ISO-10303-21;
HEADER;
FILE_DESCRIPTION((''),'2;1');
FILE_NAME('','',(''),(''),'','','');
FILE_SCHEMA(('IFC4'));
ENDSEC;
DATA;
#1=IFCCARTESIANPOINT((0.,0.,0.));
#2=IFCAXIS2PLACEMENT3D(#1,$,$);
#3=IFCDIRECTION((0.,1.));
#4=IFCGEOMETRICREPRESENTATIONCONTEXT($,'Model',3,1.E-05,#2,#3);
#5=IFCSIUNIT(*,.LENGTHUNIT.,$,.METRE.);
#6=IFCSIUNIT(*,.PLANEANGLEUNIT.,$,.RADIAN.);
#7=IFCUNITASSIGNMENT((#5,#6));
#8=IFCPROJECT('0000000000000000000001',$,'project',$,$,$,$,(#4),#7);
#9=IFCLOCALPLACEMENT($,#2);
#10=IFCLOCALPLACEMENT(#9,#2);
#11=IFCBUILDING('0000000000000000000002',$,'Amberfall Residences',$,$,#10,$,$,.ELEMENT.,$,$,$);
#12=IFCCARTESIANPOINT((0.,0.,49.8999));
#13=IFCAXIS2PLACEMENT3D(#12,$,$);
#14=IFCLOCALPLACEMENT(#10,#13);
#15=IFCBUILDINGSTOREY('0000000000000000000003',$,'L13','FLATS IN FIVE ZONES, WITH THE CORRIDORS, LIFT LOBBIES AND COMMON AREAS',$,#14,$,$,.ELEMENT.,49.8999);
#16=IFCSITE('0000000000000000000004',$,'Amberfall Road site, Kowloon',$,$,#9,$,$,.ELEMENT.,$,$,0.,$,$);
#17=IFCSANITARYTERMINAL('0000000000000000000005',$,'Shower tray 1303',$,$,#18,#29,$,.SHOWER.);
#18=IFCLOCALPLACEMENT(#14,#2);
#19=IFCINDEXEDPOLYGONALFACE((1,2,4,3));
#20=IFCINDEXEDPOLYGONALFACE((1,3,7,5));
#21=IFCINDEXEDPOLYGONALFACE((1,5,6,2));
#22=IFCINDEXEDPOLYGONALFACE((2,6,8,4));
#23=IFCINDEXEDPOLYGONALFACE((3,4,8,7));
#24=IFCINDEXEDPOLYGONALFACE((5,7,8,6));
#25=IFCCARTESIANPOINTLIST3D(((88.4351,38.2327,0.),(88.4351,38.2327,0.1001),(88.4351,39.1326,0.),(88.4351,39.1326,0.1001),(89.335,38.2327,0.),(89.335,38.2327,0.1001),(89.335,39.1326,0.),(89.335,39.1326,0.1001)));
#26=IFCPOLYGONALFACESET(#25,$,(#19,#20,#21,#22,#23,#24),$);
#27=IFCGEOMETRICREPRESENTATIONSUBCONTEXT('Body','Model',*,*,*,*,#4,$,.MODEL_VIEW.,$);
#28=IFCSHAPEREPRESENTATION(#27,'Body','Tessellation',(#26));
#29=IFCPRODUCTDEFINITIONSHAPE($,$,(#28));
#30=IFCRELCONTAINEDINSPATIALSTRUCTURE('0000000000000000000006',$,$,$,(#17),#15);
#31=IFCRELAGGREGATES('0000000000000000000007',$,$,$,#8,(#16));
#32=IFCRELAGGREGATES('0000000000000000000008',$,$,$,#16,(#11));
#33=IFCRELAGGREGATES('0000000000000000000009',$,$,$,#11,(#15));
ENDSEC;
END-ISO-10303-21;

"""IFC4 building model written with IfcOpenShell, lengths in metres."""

from ifc_helpers import new_model, si_unit, direction, frame, origin, origin_2d, place, context, subcontext, project, spatial, rectangle, extrude, element, save


model = new_model("IFC4")

# Units and contexts
model_context = context("Model", 3, precision=1e-05, world=origin(), true_north=direction((0.0, 1.0)))
body_context = subcontext(model_context, "Body", "Model", "MODEL_VIEW")
ifc_project = project(units=[si_unit("LENGTHUNIT", "METRE"), si_unit("PLANEANGLEUNIT", "RADIAN")], contexts=[model_context])

# Site, building, storey
site_placement = place(None, origin())
site = spatial("IfcSite", under=ifc_project, at=site_placement, Name="Amberfall Road site, Kowloon", CompositionType="ELEMENT", RefElevation=0.0)
building_placement = place(site_placement, origin())
building = spatial("IfcBuilding", under=site, at=building_placement, Name="Amberfall Residences", CompositionType="ELEMENT")
storey_placement = place(building_placement, frame((0.0, 0.0, 49.8999)))
storey = spatial("IfcBuildingStorey", under=building, at=storey_placement, Name="L13", Description="FLATS IN FIVE ZONES, WITH THE CORRIDORS, LIFT LOBBIES AND COMMON AREAS", CompositionType="ELEMENT", Elevation=49.8999)

# Sanitary terminal
sanitary_terminal_1_placement = place(storey_placement, frame((88.885, 38.6826, 0.0), z_axis=(0.0, 0.0, 1.0), x_axis=(1.0, 0.0, 0.0)))
element("IfcSanitaryTerminal", 1, at=sanitary_terminal_1_placement, inside=storey, Name="Shower tray 1303", PredefinedType="SHOWER", context=body_context, shape_type="SweptSolid", body=[
    extrude(rectangle(XDim=0.8999, YDim=0.8999, at=origin_2d()), origin(), (0.0, 0.0, 1.0), 0.1001),
])

save(model, "model.ifc")
